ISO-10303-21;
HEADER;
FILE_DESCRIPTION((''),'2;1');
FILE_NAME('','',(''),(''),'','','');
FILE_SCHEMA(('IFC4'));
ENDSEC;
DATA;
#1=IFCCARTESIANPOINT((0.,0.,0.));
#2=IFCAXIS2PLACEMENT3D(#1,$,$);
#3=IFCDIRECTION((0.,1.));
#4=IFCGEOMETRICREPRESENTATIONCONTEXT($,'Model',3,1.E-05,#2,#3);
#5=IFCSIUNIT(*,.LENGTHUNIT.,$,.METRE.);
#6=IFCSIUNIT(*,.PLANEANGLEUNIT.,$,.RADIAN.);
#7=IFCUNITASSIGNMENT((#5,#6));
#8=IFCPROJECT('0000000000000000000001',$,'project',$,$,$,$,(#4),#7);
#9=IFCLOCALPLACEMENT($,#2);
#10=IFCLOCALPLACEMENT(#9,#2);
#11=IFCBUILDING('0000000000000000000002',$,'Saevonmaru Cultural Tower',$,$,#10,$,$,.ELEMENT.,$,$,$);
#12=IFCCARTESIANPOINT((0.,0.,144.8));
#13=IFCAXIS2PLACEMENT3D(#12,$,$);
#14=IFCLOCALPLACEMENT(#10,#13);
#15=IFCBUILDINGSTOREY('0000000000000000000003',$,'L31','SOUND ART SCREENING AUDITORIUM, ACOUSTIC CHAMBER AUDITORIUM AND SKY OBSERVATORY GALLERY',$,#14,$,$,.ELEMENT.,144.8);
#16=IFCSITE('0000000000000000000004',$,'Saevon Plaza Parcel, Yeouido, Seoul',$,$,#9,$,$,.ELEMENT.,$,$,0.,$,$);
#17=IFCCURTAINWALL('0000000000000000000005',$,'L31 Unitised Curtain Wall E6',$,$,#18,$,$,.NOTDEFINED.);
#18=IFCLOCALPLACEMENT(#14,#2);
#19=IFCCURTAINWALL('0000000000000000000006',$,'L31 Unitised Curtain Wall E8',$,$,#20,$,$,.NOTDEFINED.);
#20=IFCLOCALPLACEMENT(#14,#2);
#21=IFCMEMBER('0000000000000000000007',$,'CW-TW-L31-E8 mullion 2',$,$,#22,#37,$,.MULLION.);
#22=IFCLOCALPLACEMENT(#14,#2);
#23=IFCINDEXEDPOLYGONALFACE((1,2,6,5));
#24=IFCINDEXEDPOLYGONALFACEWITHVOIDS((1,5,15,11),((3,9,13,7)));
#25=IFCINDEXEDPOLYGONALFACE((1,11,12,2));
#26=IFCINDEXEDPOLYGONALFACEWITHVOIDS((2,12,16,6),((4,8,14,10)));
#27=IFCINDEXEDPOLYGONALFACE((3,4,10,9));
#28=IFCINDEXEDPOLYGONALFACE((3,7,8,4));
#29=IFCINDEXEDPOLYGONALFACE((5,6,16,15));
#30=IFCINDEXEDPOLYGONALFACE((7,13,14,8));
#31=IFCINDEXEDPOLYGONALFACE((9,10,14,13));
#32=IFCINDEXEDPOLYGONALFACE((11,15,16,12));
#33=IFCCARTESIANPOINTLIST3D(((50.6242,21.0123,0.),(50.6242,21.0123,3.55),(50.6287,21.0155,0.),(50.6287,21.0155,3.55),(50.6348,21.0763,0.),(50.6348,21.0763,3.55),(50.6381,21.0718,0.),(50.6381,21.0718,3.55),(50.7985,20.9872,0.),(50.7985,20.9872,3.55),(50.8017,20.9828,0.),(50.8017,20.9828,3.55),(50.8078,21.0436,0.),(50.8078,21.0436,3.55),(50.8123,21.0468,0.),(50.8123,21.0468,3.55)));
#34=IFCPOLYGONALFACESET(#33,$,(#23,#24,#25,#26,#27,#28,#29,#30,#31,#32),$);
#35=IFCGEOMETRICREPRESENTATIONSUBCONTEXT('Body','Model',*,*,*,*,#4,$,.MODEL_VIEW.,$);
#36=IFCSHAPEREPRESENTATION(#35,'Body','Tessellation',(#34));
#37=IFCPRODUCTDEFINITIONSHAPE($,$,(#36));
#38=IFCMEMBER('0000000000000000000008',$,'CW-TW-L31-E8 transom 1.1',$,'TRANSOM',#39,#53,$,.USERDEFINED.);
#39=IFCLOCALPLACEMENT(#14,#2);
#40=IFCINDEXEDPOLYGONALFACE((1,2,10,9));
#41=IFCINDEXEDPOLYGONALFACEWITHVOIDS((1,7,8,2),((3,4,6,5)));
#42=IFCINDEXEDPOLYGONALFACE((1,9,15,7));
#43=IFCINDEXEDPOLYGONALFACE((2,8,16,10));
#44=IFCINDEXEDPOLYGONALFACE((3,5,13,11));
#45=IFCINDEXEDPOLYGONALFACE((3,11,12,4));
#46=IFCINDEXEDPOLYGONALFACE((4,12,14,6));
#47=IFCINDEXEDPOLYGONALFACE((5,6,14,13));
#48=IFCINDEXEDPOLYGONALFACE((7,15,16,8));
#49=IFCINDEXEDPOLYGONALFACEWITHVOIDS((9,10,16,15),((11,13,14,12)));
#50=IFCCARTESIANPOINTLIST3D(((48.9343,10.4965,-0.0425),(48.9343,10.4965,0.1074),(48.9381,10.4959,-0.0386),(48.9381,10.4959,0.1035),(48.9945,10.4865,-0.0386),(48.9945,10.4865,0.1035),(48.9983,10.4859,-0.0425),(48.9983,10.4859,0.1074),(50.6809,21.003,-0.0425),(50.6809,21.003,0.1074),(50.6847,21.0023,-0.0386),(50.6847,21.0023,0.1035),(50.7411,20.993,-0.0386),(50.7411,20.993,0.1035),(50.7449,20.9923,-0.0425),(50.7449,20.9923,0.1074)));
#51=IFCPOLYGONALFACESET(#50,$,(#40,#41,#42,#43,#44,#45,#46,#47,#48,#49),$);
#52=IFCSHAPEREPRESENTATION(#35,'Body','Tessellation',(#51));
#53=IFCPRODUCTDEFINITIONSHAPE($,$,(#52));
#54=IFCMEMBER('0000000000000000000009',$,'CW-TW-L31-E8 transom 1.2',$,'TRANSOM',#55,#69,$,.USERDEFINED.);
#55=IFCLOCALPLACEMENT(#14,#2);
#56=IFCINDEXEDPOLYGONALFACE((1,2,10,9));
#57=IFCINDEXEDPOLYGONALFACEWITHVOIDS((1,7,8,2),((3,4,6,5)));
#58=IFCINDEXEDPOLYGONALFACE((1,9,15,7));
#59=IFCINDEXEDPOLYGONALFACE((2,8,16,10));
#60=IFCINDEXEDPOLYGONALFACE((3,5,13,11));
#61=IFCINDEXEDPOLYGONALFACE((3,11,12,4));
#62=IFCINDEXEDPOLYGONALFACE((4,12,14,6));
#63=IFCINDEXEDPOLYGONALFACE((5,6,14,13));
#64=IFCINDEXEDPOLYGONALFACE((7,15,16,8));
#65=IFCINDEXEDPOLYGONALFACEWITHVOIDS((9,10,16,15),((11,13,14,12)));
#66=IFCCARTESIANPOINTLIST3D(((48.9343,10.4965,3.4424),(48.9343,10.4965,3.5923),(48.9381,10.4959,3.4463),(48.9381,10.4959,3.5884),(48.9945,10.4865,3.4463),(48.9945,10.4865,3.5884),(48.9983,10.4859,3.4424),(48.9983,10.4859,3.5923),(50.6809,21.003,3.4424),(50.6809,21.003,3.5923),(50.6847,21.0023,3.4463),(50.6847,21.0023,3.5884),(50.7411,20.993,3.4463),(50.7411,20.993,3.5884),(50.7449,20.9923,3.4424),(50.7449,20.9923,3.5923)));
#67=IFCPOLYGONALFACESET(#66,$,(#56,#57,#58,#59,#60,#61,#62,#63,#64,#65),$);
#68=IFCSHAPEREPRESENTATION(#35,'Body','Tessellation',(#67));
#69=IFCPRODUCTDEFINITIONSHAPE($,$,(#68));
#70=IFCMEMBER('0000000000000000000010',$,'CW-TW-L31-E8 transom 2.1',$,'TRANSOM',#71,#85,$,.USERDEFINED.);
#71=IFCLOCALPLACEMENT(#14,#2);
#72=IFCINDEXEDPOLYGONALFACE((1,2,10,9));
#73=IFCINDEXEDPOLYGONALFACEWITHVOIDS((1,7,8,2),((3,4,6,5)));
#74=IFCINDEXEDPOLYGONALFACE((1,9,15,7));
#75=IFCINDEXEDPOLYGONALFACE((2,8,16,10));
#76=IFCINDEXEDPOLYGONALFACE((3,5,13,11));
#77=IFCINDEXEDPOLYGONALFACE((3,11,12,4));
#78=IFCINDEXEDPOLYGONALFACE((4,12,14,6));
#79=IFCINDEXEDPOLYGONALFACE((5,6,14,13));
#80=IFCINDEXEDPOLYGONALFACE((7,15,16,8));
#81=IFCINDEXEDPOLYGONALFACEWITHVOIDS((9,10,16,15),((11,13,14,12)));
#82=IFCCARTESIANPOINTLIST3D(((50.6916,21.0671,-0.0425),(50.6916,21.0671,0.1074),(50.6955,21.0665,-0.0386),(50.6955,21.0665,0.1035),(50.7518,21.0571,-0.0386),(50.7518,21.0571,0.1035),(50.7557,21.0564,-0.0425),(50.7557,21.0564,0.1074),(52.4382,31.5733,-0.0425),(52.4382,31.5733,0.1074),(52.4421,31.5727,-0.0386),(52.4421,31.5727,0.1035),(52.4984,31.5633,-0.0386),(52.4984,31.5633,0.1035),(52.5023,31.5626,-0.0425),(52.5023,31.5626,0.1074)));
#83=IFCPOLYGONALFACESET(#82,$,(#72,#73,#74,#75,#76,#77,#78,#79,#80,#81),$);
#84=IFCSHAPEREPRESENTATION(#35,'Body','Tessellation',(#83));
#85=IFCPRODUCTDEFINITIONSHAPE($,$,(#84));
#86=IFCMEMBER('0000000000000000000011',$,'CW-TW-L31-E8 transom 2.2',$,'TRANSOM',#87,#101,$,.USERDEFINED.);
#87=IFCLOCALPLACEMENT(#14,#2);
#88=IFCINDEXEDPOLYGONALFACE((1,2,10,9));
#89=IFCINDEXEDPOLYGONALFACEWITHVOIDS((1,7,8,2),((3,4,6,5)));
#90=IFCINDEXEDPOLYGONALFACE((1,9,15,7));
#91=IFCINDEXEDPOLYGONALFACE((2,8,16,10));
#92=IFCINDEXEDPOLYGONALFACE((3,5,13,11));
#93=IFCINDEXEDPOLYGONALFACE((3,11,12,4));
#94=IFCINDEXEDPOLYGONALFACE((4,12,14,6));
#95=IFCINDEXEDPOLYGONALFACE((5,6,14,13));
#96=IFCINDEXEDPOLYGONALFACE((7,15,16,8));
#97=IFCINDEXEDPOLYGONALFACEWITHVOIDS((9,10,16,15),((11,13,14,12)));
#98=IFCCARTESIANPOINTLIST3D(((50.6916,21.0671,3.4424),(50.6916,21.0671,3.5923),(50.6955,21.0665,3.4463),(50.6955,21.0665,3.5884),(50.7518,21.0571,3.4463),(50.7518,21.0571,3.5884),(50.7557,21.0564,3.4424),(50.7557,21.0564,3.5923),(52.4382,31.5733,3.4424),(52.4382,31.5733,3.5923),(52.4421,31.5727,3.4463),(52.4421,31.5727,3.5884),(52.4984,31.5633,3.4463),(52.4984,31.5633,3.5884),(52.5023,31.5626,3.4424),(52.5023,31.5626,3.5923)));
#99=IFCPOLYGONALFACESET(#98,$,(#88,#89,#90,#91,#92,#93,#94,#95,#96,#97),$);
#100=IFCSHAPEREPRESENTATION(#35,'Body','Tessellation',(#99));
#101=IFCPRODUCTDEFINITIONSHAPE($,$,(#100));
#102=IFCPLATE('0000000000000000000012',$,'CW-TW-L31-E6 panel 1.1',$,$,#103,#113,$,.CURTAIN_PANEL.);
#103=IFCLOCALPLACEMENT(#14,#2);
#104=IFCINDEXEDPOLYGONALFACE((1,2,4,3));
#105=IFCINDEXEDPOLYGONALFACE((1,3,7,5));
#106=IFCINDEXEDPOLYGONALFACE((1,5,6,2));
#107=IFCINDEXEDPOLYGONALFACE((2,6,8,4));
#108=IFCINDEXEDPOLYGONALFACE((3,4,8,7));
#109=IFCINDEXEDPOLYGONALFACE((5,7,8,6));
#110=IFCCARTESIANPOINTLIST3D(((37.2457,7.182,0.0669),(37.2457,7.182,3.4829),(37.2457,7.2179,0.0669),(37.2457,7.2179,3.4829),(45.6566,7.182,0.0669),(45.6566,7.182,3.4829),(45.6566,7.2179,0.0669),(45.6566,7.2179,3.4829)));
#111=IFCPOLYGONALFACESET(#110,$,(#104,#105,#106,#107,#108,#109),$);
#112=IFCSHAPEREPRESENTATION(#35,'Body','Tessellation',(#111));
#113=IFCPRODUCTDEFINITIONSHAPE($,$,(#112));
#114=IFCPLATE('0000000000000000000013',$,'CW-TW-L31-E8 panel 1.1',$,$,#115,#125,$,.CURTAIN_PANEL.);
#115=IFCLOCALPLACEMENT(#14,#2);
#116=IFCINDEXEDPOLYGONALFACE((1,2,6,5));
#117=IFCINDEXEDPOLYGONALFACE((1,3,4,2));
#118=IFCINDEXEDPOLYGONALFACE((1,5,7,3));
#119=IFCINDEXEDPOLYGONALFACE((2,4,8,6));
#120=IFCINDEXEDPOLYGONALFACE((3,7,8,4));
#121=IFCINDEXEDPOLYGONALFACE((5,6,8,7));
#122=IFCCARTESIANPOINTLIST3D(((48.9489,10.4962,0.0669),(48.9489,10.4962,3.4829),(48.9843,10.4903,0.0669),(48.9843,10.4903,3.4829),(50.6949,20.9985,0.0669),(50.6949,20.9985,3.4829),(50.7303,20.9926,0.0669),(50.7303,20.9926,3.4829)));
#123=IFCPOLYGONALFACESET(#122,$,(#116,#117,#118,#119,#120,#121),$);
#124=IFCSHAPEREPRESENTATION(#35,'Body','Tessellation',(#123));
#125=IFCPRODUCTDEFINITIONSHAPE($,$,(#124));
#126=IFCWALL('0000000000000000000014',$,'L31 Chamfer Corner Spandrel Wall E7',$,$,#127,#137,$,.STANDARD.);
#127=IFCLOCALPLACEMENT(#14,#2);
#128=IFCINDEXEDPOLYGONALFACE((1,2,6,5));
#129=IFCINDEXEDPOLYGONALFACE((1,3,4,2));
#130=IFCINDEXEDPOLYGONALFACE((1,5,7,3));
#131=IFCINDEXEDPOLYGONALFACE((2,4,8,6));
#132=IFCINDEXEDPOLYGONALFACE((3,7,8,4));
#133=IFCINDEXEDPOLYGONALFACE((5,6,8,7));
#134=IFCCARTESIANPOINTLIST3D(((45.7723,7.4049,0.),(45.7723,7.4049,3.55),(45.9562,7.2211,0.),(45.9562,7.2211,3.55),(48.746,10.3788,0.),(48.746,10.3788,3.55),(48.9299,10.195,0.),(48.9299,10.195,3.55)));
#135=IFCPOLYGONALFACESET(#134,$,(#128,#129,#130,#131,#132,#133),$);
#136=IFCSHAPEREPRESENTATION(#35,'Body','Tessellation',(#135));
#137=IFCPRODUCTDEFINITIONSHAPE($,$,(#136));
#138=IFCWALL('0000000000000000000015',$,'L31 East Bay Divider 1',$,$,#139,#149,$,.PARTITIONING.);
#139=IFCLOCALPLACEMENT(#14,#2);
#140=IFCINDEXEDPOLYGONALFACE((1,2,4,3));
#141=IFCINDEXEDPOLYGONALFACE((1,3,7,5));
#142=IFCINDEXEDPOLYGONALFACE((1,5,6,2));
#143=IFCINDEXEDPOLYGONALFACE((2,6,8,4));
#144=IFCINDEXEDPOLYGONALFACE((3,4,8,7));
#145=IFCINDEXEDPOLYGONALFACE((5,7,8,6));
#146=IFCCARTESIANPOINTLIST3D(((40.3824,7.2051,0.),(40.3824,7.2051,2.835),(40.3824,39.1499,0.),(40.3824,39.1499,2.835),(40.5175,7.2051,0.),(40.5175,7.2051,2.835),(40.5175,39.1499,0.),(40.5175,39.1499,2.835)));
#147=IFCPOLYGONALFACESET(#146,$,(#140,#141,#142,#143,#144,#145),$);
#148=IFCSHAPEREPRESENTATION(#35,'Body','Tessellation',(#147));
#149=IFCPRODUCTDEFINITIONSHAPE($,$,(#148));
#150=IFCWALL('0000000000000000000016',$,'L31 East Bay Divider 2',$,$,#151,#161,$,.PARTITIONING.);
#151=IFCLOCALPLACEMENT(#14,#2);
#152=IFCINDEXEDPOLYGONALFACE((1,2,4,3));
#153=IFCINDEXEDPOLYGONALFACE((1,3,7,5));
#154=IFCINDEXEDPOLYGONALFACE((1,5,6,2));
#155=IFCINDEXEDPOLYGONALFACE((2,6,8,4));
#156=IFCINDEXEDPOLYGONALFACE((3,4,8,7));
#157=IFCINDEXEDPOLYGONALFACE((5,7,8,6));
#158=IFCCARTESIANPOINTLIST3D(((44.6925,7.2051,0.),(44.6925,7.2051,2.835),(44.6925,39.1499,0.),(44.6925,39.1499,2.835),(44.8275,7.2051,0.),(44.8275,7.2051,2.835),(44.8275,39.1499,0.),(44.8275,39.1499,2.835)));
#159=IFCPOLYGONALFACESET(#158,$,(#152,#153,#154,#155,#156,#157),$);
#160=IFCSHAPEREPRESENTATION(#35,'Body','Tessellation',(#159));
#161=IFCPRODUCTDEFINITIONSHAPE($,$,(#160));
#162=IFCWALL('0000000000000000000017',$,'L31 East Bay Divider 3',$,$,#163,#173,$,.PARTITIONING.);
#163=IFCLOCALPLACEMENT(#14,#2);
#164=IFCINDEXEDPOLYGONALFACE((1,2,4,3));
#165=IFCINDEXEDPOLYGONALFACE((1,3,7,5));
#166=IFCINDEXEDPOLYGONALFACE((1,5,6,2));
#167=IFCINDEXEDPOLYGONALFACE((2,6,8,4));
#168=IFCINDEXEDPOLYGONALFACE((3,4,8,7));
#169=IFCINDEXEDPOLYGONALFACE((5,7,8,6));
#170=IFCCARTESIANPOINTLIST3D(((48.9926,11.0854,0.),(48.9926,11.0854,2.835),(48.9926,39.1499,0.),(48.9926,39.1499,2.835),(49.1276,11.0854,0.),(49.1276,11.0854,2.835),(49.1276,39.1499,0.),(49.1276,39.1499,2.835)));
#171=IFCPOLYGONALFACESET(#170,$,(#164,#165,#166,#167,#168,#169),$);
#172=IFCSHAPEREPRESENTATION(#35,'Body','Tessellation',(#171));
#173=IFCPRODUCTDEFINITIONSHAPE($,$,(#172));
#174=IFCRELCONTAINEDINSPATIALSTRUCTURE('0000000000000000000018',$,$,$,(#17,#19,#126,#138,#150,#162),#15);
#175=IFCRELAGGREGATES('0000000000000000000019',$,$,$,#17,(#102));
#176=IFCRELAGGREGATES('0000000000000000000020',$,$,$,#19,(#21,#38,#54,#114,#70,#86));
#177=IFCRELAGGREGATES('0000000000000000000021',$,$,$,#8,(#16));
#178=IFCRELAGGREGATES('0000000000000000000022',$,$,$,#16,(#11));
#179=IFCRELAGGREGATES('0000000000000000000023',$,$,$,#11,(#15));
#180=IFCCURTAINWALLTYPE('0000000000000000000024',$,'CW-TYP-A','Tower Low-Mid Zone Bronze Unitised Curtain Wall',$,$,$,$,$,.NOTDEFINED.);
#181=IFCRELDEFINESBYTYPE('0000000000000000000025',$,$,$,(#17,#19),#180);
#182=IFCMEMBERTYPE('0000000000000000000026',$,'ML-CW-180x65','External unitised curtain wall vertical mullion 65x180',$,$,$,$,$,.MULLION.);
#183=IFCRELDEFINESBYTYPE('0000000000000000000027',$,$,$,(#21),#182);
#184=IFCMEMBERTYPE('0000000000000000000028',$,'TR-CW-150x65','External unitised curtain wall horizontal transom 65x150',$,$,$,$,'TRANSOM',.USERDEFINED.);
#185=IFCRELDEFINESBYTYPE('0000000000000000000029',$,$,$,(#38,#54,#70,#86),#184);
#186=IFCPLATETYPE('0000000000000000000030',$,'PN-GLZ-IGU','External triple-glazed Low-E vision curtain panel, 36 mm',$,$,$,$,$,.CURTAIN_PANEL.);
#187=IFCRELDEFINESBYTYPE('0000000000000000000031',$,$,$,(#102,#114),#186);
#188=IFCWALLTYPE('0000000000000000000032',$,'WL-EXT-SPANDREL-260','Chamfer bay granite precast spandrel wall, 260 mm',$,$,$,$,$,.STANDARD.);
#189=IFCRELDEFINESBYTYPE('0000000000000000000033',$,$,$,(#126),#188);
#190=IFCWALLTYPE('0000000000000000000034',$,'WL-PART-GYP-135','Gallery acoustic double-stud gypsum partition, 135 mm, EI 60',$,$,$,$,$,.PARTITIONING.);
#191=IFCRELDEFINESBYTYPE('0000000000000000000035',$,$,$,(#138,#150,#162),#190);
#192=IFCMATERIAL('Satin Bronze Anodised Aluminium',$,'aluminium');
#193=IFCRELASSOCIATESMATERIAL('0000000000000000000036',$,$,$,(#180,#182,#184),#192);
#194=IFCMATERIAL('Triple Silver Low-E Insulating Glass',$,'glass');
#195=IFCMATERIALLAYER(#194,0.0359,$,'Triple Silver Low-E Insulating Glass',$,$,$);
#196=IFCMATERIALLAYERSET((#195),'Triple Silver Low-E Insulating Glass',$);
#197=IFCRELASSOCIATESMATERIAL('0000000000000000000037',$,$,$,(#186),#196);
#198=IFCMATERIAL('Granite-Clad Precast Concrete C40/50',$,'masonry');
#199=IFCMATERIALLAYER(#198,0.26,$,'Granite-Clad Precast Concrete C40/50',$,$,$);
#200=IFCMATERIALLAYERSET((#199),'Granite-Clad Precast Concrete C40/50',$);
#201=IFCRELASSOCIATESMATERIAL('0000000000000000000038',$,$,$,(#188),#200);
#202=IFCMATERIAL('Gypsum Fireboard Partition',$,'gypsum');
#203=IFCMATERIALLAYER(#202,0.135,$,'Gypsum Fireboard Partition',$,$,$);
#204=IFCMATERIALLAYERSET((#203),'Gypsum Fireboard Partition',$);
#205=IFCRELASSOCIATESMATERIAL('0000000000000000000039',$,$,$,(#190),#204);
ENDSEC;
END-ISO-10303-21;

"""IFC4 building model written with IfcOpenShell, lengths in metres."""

from ifc_helpers import new_model, si_unit, direction, frame, frame_2d, origin, origin_2d, place, context, subcontext, project, spatial, rectangle, hollow_rectangle, extrude, material, layer, layer_set, material_profile, profile_set, type_object, element, aggregate, save


model = new_model("IFC4")

# Units and contexts
model_context = context("Model", 3, precision=1e-05, world=origin(), true_north=direction((0.0, 1.0)))
body_context = subcontext(model_context, "Body", "Model", "MODEL_VIEW")
ifc_project = project(units=[si_unit("LENGTHUNIT", "METRE"), si_unit("PLANEANGLEUNIT", "RADIAN")], contexts=[model_context])

# Site, building, storey
site_placement = place(None, origin())
site = spatial("IfcSite", under=ifc_project, at=site_placement, Name="Saevon Plaza Parcel, Yeouido, Seoul", CompositionType="ELEMENT", RefElevation=0.0)
building_placement = place(site_placement, origin())
building = spatial("IfcBuilding", under=site, at=building_placement, Name="Saevonmaru Cultural Tower", CompositionType="ELEMENT")
storey_placement = place(building_placement, frame((0.0, 0.0, 144.8)))
storey = spatial("IfcBuildingStorey", under=building, at=storey_placement, Name="L31", Description="SOUND ART SCREENING AUDITORIUM, ACOUSTIC CHAMBER AUDITORIUM AND SKY OBSERVATORY GALLERY", CompositionType="ELEMENT", Elevation=144.8)

# Curtain wall
ifc_material_1 = material(Name="Satin Bronze Anodised Aluminium", Category="aluminium")
curtain_wall_type = type_object("IfcCurtainWallType", Name="CW-TYP-A", Description="Tower Low-Mid Zone Bronze Unitised Curtain Wall", PredefinedType="NOTDEFINED", material=ifc_material_1)
curtain_wall_1_placement = place(storey_placement, origin())
curtain_wall_1 = element("IfcCurtainWall", 1, at=curtain_wall_1_placement, inside=storey, type_object=curtain_wall_type, Name="L31 Unitised Curtain Wall E6", PredefinedType="NOTDEFINED")
ifc_material_profile_1 = material_profile(ifc_material_1, hollow_rectangle(XDim=0.0649, YDim=0.1799, WallThickness=0.0039, at=origin_2d()), Name="ALU-MULL-180x65x4")
ifc_profile_set_1 = profile_set([ifc_material_profile_1], Name="Satin Bronze Anodised Aluminium")
member_type_1 = type_object("IfcMemberType", Name="ML-CW-180x65", Description="External unitised curtain wall vertical mullion 65x180", PredefinedType="MULLION", material=ifc_profile_set_1)

# Curtain wall, members
curtain_wall_2_placement = place(storey_placement, origin())
curtain_wall_2 = element("IfcCurtainWall", 2, at=curtain_wall_2_placement, inside=storey, type_object=curtain_wall_type, Name="L31 Unitised Curtain Wall E8", PredefinedType="NOTDEFINED")
member_1_placement = place(storey_placement, frame((50.7183, 21.0295, 0.0), z_axis=(0.0, 0.0, 1.0), x_axis=(0.163999, 0.986461, 0.0)))
member_1 = element("IfcMember", 3, at=member_1_placement, type_object=member_type_1, Name="CW-TW-L31-E8 mullion 2", PredefinedType="MULLION", context=body_context, shape_type="SweptSolid", body=[
    extrude(hollow_rectangle(XDim=0.0649, YDim=0.1799, WallThickness=0.0039, at=origin_2d()), origin(), (0.0, 0.0, 1.0), 3.55),
])
ifc_material_profile_2 = material_profile(ifc_material_1, hollow_rectangle(XDim=0.0649, YDim=0.1499, WallThickness=0.0039, at=origin_2d()), Name="ALU-TRAN-150x65x4")
ifc_profile_set_2 = profile_set([ifc_material_profile_2], Name="Satin Bronze Anodised Aluminium")
member_type_2 = type_object("IfcMemberType", Name="TR-CW-150x65", Description="External unitised curtain wall horizontal transom 65x150", ElementType="TRANSOM", PredefinedType="USERDEFINED", material=ifc_profile_set_2)
member_2_placement = place(storey_placement, frame((48.9663, 10.4912, 0.0325), z_axis=(0.16399, 0.986462, 0.0), x_axis=(-0.986462, 0.16399, 0.0)))
member_2 = element("IfcMember", 4, at=member_2_placement, type_object=member_type_2, Name="CW-TW-L31-E8 transom 1.1", ObjectType="TRANSOM", PredefinedType="USERDEFINED", context=body_context, shape_type="SweptSolid", body=[
    extrude(hollow_rectangle(XDim=0.0649, YDim=0.1499, WallThickness=0.0039, at=origin_2d()), origin(), (0.0, 0.0, 1.0), 10.6506),
])
member_3_placement = place(storey_placement, frame((48.9663, 10.4912, 3.5173), z_axis=(0.16399, 0.986462, 0.0), x_axis=(-0.986462, 0.16399, 0.0)))
member_3 = element("IfcMember", 5, at=member_3_placement, type_object=member_type_2, Name="CW-TW-L31-E8 transom 1.2", ObjectType="TRANSOM", PredefinedType="USERDEFINED", context=body_context, shape_type="SweptSolid", body=[
    extrude(hollow_rectangle(XDim=0.0649, YDim=0.1499, WallThickness=0.0039, at=origin_2d()), origin(), (0.0, 0.0, 1.0), 10.6506),
])
member_4_placement = place(storey_placement, frame((50.7236, 21.0618, 0.0325), z_axis=(0.163994, 0.986461, 0.0), x_axis=(-0.986461, 0.163994, 0.0)))
member_4 = element("IfcMember", 6, at=member_4_placement, type_object=member_type_2, Name="CW-TW-L31-E8 transom 2.1", ObjectType="TRANSOM", PredefinedType="USERDEFINED", context=body_context, shape_type="SweptSolid", body=[
    extrude(hollow_rectangle(XDim=0.0649, YDim=0.1499, WallThickness=0.0039, at=origin_2d()), origin(), (0.0, 0.0, 1.0), 10.6504),
])
member_5_placement = place(storey_placement, frame((50.7236, 21.0618, 3.5173), z_axis=(0.163994, 0.986461, 0.0), x_axis=(-0.986461, 0.163994, 0.0)))
member_5 = element("IfcMember", 7, at=member_5_placement, type_object=member_type_2, Name="CW-TW-L31-E8 transom 2.2", ObjectType="TRANSOM", PredefinedType="USERDEFINED", context=body_context, shape_type="SweptSolid", body=[
    extrude(hollow_rectangle(XDim=0.0649, YDim=0.1499, WallThickness=0.0039, at=origin_2d()), origin(), (0.0, 0.0, 1.0), 10.6504),
])

# Plates
ifc_material_2 = material(Name="Triple Silver Low-E Insulating Glass", Category="glass")
ifc_layer_1 = layer(ifc_material_2, 0.0359, Name="Triple Silver Low-E Insulating Glass")
ifc_layer_set_1 = layer_set([ifc_layer_1], Name="Triple Silver Low-E Insulating Glass")
plate_type = type_object("IfcPlateType", Name="PN-GLZ-IGU", Description="External triple-glazed Low-E vision curtain panel, 36 mm", PredefinedType="CURTAIN_PANEL", material=ifc_layer_set_1)
plate_1_placement = place(storey_placement, frame((41.4512, 7.2, 0.0669), z_axis=(0.0, 0.0, 1.0), x_axis=(1.0, 0.0, 0.0)))
plate_1 = element("IfcPlate", 8, at=plate_1_placement, type_object=plate_type, Name="CW-TW-L31-E6 panel 1.1", PredefinedType="CURTAIN_PANEL", context=body_context, shape_type="SweptSolid", body=[
    extrude(rectangle(XDim=8.4109, YDim=0.0359, at=origin_2d()), origin(), (0.0, 0.0, 1.0), 3.416),
])
aggregate(curtain_wall_1, [plate_1])
plate_2_placement = place(storey_placement, frame((49.8396, 15.7444, 0.0669), z_axis=(0.0, 0.0, 1.0), x_axis=(0.163999, 0.986461, 0.0)))
plate_2 = element("IfcPlate", 9, at=plate_2_placement, type_object=plate_type, Name="CW-TW-L31-E8 panel 1.1", PredefinedType="CURTAIN_PANEL", context=body_context, shape_type="SweptSolid", body=[
    extrude(rectangle(XDim=10.6465, YDim=0.0359, at=origin_2d()), origin(), (0.0, 0.0, 1.0), 3.416),
])
aggregate(curtain_wall_2, [member_1, member_2, member_3, plate_2, member_4, member_5])

# Walls
ifc_material_3 = material(Name="Granite-Clad Precast Concrete C40/50", Category="masonry")
ifc_layer_2 = layer(ifc_material_3, 0.26, Name="Granite-Clad Precast Concrete C40/50")
ifc_layer_set_2 = layer_set([ifc_layer_2], Name="Granite-Clad Precast Concrete C40/50")
wall_type_1 = type_object("IfcWallType", Name="WL-EXT-SPANDREL-260", Description="Chamfer bay granite precast spandrel wall, 260 mm", PredefinedType="STANDARD", material=ifc_layer_set_2)
wall_1_placement = place(storey_placement, frame((45.8643, 7.313, 0.0), z_axis=(0.0, 0.0, 1.0), x_axis=(0.707078, 0.707136, 0.0)))
element("IfcWall", 10, at=wall_1_placement, inside=storey, type_object=wall_type_1, Name="L31 Chamfer Corner Spandrel Wall E7", PredefinedType="STANDARD", context=body_context, shape_type="SweptSolid", body=[
    extrude(rectangle(XDim=4.2056, YDim=0.26, at=frame_2d((2.1028, 0.0))), origin(), (0.0, 0.0, 1.0), 3.55),
])
ifc_material_4 = material(Name="Gypsum Fireboard Partition", Category="gypsum")
ifc_layer_3 = layer(ifc_material_4, 0.135, Name="Gypsum Fireboard Partition")
ifc_layer_set_3 = layer_set([ifc_layer_3], Name="Gypsum Fireboard Partition")
wall_type_2 = type_object("IfcWallType", Name="WL-PART-GYP-135", Description="Gallery acoustic double-stud gypsum partition, 135 mm, EI 60", PredefinedType="PARTITIONING", material=ifc_layer_set_3)
for number, where, z_axis, x_axis, name in (
    (11, (40.45, 7.2051, 0.0), (0.0, 0.0, 1.0), (0.0, 1.0, 0.0), "L31 East Bay Divider 1"),
    (12, (44.76, 7.2051, 0.0), (0.0, 0.0, 1.0), (0.0, 1.0, 0.0), "L31 East Bay Divider 2"),
):
    element("IfcWall", number, at=place(storey_placement, frame(where, z_axis=z_axis, x_axis=x_axis)), inside=storey, type_object=wall_type_2, Name=name, PredefinedType="PARTITIONING", context=body_context, shape_type="SweptSolid", body=[
        extrude(rectangle(XDim=31.9448, YDim=0.135, at=frame_2d((15.9724, 0.0))), origin(), (0.0, 0.0, 1.0), 2.835),
    ])
wall_2_placement = place(storey_placement, frame((49.0601, 11.0854, 0.0), z_axis=(0.0, 0.0, 1.0), x_axis=(0.0, 1.0, 0.0)))
element("IfcWall", 13, at=wall_2_placement, inside=storey, type_object=wall_type_2, Name="L31 East Bay Divider 3", PredefinedType="PARTITIONING", context=body_context, shape_type="SweptSolid", body=[
    extrude(rectangle(XDim=28.0645, YDim=0.135, at=frame_2d((14.0322, 0.0))), origin(), (0.0, 0.0, 1.0), 2.835),
])

save(model, "model.ifc")
